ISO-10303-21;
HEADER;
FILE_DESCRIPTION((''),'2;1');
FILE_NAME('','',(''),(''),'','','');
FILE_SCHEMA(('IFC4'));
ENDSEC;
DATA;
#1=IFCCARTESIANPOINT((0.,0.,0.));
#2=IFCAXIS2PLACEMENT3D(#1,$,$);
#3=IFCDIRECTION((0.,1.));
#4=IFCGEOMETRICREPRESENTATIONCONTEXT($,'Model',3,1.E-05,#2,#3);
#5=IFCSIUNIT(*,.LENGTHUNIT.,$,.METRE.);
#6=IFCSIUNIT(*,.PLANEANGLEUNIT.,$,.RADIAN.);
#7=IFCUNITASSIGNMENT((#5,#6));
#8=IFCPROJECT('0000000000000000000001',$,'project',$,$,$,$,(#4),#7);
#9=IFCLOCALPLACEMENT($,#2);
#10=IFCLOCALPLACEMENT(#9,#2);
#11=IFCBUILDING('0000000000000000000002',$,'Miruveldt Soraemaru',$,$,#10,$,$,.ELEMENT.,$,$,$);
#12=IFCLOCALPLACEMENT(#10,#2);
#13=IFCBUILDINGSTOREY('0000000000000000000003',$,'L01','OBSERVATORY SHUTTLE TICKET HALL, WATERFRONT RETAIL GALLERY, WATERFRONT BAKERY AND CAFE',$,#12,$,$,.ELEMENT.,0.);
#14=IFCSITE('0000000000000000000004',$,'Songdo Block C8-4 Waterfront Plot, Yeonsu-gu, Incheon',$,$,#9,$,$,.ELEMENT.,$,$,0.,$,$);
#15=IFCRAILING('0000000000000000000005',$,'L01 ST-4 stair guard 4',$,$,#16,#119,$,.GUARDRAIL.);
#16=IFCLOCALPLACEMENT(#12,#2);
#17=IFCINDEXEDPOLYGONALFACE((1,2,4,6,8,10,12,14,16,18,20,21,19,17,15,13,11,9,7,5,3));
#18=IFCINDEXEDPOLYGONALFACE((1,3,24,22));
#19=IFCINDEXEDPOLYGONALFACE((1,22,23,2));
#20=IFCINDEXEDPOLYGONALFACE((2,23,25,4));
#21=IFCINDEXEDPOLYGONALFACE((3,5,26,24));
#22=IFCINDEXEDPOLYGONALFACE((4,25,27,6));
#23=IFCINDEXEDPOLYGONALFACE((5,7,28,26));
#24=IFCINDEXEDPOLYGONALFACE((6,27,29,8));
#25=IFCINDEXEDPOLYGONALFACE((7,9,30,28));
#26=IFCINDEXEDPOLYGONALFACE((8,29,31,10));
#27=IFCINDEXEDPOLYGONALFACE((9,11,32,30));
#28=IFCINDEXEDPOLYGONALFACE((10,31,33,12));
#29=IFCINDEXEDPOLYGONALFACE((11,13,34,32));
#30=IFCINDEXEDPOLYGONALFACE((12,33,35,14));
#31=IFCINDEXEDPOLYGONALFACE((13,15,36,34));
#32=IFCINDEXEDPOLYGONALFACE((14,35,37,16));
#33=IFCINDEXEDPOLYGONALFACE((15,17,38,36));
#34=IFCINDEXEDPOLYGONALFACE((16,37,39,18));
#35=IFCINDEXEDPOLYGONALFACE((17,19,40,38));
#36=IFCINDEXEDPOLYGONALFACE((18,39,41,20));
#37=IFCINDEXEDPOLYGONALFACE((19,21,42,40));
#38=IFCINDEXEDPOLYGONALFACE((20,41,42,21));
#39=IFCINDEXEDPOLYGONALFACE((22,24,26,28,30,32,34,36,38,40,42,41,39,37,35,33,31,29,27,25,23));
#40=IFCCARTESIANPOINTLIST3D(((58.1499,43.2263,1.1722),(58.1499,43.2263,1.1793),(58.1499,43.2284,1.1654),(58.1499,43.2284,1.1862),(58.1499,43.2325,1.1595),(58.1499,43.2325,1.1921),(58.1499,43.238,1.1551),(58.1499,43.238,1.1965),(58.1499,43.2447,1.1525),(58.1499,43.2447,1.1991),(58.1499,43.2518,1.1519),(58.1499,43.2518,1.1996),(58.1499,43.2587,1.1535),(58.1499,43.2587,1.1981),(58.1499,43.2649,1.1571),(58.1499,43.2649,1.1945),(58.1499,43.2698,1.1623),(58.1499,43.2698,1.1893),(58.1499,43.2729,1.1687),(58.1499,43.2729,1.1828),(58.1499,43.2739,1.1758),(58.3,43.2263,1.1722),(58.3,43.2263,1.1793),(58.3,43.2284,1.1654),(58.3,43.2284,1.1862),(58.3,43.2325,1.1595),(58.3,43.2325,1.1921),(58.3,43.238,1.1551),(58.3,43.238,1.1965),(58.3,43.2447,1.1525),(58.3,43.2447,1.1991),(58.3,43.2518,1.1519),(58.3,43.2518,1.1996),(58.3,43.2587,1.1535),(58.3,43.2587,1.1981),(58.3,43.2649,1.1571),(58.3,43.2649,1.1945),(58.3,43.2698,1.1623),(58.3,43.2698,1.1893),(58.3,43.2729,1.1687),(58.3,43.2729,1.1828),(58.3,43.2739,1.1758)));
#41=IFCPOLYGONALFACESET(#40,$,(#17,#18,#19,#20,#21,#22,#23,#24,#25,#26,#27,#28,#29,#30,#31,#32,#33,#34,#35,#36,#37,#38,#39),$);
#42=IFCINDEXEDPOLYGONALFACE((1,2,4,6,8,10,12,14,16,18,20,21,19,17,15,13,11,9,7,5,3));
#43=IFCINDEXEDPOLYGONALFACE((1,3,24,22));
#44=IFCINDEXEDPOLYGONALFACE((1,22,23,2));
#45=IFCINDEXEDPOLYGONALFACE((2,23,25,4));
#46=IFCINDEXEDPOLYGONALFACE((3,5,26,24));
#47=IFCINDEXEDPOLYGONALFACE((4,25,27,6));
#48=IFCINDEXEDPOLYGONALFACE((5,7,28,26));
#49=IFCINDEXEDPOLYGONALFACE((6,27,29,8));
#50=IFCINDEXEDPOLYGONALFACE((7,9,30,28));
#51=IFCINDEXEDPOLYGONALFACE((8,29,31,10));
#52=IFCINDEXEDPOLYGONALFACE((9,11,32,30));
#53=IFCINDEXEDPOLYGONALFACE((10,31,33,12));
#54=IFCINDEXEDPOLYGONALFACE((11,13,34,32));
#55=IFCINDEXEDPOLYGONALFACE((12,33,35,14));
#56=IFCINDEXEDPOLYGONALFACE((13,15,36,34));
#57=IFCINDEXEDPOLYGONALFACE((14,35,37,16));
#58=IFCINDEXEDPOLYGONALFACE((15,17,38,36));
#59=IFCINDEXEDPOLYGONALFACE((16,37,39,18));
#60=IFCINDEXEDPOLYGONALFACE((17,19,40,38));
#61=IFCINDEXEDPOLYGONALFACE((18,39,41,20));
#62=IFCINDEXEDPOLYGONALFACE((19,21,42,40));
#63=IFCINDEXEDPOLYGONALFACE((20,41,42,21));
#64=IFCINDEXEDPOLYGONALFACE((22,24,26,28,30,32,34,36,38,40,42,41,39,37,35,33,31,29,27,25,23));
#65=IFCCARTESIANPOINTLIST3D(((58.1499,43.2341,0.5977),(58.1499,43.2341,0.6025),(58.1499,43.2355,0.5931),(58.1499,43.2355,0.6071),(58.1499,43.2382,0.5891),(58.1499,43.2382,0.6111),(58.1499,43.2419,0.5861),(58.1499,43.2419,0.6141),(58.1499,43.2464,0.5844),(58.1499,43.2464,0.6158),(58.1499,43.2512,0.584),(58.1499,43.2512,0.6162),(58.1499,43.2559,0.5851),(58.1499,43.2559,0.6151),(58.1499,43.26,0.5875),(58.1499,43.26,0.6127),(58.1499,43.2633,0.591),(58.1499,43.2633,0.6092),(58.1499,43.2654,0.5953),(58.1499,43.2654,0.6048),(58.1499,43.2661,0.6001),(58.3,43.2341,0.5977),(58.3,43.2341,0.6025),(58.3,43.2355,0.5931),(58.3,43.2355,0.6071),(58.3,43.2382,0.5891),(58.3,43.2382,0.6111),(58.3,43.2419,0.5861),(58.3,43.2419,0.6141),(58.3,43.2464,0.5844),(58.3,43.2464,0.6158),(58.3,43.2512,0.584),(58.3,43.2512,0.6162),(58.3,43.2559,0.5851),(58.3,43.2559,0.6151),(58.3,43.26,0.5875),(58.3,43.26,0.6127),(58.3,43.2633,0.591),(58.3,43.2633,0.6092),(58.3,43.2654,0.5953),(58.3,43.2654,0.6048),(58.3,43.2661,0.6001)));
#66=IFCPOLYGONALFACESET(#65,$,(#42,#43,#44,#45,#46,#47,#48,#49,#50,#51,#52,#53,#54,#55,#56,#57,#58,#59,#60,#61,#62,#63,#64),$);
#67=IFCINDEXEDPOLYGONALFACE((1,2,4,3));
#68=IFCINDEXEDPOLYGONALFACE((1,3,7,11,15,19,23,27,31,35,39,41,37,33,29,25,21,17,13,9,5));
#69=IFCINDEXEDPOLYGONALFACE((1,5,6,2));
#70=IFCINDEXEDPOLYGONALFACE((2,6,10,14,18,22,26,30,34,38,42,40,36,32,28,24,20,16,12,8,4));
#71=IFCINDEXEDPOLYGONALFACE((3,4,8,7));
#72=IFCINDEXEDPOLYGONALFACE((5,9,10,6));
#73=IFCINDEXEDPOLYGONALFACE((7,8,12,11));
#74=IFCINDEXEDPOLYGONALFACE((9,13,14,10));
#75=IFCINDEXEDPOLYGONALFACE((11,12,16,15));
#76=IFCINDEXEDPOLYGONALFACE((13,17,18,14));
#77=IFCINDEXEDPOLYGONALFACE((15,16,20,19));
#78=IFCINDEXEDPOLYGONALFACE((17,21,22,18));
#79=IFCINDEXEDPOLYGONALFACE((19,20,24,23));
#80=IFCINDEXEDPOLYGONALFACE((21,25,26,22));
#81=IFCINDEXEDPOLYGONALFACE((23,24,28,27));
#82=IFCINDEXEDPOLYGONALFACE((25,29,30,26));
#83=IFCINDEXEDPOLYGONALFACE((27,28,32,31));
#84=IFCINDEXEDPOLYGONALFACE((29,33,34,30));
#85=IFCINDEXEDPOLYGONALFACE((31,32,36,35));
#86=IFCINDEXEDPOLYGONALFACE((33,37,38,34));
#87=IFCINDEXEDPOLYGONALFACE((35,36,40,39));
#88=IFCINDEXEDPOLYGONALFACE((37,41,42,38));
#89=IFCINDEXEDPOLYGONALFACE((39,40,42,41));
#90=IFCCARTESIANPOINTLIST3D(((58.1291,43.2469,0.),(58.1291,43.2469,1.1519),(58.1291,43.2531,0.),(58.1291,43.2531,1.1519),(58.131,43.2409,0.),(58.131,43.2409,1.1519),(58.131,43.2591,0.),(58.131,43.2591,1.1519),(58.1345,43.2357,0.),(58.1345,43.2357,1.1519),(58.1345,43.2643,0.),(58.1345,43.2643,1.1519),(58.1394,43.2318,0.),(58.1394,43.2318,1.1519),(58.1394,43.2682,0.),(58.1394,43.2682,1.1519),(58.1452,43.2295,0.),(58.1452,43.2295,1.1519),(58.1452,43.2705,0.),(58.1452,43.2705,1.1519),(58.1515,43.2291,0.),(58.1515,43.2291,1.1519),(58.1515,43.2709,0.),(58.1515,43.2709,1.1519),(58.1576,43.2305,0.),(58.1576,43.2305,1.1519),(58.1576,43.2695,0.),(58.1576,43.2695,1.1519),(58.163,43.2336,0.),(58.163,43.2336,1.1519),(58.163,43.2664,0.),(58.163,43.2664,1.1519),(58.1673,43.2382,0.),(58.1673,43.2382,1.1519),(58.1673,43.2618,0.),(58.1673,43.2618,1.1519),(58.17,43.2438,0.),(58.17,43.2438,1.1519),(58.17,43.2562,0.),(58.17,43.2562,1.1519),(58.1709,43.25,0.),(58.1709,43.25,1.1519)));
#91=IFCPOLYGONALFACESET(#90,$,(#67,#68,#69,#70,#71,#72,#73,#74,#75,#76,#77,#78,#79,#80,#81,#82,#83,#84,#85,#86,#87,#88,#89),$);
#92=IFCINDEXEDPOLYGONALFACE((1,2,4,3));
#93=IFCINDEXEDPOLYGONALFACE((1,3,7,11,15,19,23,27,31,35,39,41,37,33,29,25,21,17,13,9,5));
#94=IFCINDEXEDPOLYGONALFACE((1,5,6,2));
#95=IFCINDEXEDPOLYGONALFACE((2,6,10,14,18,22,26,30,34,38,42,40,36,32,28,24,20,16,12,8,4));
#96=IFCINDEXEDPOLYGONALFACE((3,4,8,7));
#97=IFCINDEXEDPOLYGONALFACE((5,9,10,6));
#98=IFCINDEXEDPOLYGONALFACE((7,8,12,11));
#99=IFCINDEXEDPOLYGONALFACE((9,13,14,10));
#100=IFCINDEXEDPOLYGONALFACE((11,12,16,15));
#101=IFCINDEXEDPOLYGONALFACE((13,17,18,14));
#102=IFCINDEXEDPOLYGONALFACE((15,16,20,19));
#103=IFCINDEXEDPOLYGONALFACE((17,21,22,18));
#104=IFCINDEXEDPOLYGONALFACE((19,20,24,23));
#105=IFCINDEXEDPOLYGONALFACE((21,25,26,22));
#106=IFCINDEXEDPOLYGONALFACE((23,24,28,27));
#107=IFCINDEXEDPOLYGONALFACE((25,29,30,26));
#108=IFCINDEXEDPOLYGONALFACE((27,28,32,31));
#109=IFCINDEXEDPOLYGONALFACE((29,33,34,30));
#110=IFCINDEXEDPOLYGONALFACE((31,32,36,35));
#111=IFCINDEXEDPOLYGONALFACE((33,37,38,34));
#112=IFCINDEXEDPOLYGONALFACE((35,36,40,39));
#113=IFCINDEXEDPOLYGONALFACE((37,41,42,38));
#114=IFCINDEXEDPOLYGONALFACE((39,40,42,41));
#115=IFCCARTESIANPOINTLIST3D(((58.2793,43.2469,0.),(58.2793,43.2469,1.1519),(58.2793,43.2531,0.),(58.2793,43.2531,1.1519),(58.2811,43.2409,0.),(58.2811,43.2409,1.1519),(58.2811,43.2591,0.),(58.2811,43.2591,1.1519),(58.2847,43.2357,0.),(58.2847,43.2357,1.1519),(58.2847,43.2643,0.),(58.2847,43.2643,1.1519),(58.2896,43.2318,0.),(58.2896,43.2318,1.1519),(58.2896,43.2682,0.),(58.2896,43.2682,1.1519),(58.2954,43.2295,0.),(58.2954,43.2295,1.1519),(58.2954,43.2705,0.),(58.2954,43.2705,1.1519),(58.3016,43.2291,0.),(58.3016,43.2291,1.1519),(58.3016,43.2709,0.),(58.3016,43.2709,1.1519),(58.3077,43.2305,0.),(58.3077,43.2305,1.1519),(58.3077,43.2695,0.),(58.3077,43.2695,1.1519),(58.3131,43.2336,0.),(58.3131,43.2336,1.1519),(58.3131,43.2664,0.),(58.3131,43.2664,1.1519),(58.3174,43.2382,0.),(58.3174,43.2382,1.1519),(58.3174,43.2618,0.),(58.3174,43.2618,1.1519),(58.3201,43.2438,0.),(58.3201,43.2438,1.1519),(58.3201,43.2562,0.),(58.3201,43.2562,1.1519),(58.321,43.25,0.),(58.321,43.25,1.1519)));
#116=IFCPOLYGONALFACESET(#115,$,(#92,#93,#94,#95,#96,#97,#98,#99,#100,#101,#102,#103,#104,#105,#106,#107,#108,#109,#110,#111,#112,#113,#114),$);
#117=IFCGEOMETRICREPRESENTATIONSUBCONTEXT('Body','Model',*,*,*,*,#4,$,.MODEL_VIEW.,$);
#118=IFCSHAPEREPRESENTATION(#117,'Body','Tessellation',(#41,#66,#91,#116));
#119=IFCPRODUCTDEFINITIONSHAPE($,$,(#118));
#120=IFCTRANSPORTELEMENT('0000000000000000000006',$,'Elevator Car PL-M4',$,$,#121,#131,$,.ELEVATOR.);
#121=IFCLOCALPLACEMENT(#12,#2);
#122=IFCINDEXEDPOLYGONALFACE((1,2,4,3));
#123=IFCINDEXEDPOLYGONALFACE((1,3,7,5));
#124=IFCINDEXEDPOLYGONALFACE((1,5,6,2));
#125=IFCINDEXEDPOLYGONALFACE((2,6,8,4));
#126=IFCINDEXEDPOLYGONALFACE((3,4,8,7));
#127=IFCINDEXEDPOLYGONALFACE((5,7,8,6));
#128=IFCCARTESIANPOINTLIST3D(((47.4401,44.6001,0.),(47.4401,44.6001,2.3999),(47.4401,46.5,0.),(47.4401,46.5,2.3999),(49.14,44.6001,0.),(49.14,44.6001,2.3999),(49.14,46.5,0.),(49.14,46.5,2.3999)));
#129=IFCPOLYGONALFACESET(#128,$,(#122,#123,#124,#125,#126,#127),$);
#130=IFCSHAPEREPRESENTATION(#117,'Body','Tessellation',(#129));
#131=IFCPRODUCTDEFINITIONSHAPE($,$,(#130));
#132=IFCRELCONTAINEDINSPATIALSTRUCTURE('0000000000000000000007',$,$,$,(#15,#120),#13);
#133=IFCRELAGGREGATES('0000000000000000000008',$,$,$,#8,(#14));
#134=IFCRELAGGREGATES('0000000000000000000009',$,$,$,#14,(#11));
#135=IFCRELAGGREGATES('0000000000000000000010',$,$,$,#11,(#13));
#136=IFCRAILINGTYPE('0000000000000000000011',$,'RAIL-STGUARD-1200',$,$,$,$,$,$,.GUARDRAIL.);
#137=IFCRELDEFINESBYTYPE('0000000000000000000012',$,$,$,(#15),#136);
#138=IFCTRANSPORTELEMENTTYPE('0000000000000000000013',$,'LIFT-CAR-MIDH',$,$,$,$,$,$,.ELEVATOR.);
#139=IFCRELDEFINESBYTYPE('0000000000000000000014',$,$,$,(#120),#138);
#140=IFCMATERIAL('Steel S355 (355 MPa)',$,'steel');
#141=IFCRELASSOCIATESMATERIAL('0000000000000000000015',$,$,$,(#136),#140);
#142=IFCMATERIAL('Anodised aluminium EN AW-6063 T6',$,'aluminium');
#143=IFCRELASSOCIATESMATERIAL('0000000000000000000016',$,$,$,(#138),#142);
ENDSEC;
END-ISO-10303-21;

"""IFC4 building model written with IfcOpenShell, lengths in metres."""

from ifc_helpers import new_model, si_unit, direction, frame, origin, origin_2d, place, context, subcontext, project, spatial, rectangle, circle, extrude, material, type_object, element, save


model = new_model("IFC4")

# Units and contexts
model_context = context("Model", 3, precision=1e-05, world=origin(), true_north=direction((0.0, 1.0)))
body_context = subcontext(model_context, "Body", "Model", "MODEL_VIEW")
ifc_project = project(units=[si_unit("LENGTHUNIT", "METRE"), si_unit("PLANEANGLEUNIT", "RADIAN")], contexts=[model_context])

# Site, building, storey
site_placement = place(None, origin())
site = spatial("IfcSite", under=ifc_project, at=site_placement, Name="Songdo Block C8-4 Waterfront Plot, Yeonsu-gu, Incheon", CompositionType="ELEMENT", RefElevation=0.0)
building_placement = place(site_placement, origin())
building = spatial("IfcBuilding", under=site, at=building_placement, Name="Miruveldt Soraemaru", CompositionType="ELEMENT")
storey_placement = place(building_placement, origin())
storey = spatial("IfcBuildingStorey", under=building, at=storey_placement, Name="L01", Description="OBSERVATORY SHUTTLE TICKET HALL, WATERFRONT RETAIL GALLERY, WATERFRONT BAKERY AND CAFE", CompositionType="ELEMENT", Elevation=0.0)

# Shared definitions
ifc_material_1 = material(Name="Anodised aluminium EN AW-6063 T6", Category="aluminium")

# Shared definitions
ifc_material_2 = material(Name="Steel S355 (355 MPa)", Category="steel")

# Railing
railing_type_1 = type_object("IfcRailingType", Name="RAIL-STGUARD-1200", PredefinedType="GUARDRAIL", material=ifc_material_2)
railing_1_placement = place(storey_placement, frame((58.1499, 43.25, 0.0)))
element("IfcRailing", 1, at=railing_1_placement, inside=storey, type_object=railing_type_1, Name="L01 ST-4 stair guard 4", PredefinedType="GUARDRAIL", context=body_context, shape_type="SweptSolid", body=[
    extrude(circle(Radius=0.0239, at=origin_2d()), frame((0.0, 0.0, 1.1758), z_axis=(1.0, 0.0, 0.0), x_axis=(0.0, 1.0, 0.0)), (0.0, 0.0, 1.0), 0.1501),
    extrude(circle(Radius=0.0161, at=origin_2d()), frame((0.0, 0.0, 0.6001), z_axis=(1.0, 0.0, 0.0), x_axis=(0.0, 1.0, 0.0)), (0.0, 0.0, 1.0), 0.1501),
    extrude(circle(Radius=0.021, at=origin_2d()), origin(), (0.0, 0.0, 1.0), 1.1519),
    extrude(circle(Radius=0.021, at=origin_2d()), frame((0.1501, 0.0, 0.0)), (0.0, 0.0, 1.0), 1.1519),
])

# Transport element
transport_element_type = type_object("IfcTransportElementType", Name="LIFT-CAR-MIDH", PredefinedType="ELEVATOR", material=ifc_material_1)
transport_element_placement = place(storey_placement, frame((48.29, 45.55, 0.0), z_axis=(0.0, 0.0, 1.0), x_axis=(1.0, 0.0, 0.0)))
element("IfcTransportElement", 2, at=transport_element_placement, inside=storey, type_object=transport_element_type, Name="Elevator Car PL-M4", PredefinedType="ELEVATOR", context=body_context, shape_type="SweptSolid", body=[
    extrude(rectangle(XDim=1.7, YDim=1.8999, at=origin_2d()), origin(), (0.0, 0.0, 1.0), 2.3999),
])

save(model, "model.ifc")
